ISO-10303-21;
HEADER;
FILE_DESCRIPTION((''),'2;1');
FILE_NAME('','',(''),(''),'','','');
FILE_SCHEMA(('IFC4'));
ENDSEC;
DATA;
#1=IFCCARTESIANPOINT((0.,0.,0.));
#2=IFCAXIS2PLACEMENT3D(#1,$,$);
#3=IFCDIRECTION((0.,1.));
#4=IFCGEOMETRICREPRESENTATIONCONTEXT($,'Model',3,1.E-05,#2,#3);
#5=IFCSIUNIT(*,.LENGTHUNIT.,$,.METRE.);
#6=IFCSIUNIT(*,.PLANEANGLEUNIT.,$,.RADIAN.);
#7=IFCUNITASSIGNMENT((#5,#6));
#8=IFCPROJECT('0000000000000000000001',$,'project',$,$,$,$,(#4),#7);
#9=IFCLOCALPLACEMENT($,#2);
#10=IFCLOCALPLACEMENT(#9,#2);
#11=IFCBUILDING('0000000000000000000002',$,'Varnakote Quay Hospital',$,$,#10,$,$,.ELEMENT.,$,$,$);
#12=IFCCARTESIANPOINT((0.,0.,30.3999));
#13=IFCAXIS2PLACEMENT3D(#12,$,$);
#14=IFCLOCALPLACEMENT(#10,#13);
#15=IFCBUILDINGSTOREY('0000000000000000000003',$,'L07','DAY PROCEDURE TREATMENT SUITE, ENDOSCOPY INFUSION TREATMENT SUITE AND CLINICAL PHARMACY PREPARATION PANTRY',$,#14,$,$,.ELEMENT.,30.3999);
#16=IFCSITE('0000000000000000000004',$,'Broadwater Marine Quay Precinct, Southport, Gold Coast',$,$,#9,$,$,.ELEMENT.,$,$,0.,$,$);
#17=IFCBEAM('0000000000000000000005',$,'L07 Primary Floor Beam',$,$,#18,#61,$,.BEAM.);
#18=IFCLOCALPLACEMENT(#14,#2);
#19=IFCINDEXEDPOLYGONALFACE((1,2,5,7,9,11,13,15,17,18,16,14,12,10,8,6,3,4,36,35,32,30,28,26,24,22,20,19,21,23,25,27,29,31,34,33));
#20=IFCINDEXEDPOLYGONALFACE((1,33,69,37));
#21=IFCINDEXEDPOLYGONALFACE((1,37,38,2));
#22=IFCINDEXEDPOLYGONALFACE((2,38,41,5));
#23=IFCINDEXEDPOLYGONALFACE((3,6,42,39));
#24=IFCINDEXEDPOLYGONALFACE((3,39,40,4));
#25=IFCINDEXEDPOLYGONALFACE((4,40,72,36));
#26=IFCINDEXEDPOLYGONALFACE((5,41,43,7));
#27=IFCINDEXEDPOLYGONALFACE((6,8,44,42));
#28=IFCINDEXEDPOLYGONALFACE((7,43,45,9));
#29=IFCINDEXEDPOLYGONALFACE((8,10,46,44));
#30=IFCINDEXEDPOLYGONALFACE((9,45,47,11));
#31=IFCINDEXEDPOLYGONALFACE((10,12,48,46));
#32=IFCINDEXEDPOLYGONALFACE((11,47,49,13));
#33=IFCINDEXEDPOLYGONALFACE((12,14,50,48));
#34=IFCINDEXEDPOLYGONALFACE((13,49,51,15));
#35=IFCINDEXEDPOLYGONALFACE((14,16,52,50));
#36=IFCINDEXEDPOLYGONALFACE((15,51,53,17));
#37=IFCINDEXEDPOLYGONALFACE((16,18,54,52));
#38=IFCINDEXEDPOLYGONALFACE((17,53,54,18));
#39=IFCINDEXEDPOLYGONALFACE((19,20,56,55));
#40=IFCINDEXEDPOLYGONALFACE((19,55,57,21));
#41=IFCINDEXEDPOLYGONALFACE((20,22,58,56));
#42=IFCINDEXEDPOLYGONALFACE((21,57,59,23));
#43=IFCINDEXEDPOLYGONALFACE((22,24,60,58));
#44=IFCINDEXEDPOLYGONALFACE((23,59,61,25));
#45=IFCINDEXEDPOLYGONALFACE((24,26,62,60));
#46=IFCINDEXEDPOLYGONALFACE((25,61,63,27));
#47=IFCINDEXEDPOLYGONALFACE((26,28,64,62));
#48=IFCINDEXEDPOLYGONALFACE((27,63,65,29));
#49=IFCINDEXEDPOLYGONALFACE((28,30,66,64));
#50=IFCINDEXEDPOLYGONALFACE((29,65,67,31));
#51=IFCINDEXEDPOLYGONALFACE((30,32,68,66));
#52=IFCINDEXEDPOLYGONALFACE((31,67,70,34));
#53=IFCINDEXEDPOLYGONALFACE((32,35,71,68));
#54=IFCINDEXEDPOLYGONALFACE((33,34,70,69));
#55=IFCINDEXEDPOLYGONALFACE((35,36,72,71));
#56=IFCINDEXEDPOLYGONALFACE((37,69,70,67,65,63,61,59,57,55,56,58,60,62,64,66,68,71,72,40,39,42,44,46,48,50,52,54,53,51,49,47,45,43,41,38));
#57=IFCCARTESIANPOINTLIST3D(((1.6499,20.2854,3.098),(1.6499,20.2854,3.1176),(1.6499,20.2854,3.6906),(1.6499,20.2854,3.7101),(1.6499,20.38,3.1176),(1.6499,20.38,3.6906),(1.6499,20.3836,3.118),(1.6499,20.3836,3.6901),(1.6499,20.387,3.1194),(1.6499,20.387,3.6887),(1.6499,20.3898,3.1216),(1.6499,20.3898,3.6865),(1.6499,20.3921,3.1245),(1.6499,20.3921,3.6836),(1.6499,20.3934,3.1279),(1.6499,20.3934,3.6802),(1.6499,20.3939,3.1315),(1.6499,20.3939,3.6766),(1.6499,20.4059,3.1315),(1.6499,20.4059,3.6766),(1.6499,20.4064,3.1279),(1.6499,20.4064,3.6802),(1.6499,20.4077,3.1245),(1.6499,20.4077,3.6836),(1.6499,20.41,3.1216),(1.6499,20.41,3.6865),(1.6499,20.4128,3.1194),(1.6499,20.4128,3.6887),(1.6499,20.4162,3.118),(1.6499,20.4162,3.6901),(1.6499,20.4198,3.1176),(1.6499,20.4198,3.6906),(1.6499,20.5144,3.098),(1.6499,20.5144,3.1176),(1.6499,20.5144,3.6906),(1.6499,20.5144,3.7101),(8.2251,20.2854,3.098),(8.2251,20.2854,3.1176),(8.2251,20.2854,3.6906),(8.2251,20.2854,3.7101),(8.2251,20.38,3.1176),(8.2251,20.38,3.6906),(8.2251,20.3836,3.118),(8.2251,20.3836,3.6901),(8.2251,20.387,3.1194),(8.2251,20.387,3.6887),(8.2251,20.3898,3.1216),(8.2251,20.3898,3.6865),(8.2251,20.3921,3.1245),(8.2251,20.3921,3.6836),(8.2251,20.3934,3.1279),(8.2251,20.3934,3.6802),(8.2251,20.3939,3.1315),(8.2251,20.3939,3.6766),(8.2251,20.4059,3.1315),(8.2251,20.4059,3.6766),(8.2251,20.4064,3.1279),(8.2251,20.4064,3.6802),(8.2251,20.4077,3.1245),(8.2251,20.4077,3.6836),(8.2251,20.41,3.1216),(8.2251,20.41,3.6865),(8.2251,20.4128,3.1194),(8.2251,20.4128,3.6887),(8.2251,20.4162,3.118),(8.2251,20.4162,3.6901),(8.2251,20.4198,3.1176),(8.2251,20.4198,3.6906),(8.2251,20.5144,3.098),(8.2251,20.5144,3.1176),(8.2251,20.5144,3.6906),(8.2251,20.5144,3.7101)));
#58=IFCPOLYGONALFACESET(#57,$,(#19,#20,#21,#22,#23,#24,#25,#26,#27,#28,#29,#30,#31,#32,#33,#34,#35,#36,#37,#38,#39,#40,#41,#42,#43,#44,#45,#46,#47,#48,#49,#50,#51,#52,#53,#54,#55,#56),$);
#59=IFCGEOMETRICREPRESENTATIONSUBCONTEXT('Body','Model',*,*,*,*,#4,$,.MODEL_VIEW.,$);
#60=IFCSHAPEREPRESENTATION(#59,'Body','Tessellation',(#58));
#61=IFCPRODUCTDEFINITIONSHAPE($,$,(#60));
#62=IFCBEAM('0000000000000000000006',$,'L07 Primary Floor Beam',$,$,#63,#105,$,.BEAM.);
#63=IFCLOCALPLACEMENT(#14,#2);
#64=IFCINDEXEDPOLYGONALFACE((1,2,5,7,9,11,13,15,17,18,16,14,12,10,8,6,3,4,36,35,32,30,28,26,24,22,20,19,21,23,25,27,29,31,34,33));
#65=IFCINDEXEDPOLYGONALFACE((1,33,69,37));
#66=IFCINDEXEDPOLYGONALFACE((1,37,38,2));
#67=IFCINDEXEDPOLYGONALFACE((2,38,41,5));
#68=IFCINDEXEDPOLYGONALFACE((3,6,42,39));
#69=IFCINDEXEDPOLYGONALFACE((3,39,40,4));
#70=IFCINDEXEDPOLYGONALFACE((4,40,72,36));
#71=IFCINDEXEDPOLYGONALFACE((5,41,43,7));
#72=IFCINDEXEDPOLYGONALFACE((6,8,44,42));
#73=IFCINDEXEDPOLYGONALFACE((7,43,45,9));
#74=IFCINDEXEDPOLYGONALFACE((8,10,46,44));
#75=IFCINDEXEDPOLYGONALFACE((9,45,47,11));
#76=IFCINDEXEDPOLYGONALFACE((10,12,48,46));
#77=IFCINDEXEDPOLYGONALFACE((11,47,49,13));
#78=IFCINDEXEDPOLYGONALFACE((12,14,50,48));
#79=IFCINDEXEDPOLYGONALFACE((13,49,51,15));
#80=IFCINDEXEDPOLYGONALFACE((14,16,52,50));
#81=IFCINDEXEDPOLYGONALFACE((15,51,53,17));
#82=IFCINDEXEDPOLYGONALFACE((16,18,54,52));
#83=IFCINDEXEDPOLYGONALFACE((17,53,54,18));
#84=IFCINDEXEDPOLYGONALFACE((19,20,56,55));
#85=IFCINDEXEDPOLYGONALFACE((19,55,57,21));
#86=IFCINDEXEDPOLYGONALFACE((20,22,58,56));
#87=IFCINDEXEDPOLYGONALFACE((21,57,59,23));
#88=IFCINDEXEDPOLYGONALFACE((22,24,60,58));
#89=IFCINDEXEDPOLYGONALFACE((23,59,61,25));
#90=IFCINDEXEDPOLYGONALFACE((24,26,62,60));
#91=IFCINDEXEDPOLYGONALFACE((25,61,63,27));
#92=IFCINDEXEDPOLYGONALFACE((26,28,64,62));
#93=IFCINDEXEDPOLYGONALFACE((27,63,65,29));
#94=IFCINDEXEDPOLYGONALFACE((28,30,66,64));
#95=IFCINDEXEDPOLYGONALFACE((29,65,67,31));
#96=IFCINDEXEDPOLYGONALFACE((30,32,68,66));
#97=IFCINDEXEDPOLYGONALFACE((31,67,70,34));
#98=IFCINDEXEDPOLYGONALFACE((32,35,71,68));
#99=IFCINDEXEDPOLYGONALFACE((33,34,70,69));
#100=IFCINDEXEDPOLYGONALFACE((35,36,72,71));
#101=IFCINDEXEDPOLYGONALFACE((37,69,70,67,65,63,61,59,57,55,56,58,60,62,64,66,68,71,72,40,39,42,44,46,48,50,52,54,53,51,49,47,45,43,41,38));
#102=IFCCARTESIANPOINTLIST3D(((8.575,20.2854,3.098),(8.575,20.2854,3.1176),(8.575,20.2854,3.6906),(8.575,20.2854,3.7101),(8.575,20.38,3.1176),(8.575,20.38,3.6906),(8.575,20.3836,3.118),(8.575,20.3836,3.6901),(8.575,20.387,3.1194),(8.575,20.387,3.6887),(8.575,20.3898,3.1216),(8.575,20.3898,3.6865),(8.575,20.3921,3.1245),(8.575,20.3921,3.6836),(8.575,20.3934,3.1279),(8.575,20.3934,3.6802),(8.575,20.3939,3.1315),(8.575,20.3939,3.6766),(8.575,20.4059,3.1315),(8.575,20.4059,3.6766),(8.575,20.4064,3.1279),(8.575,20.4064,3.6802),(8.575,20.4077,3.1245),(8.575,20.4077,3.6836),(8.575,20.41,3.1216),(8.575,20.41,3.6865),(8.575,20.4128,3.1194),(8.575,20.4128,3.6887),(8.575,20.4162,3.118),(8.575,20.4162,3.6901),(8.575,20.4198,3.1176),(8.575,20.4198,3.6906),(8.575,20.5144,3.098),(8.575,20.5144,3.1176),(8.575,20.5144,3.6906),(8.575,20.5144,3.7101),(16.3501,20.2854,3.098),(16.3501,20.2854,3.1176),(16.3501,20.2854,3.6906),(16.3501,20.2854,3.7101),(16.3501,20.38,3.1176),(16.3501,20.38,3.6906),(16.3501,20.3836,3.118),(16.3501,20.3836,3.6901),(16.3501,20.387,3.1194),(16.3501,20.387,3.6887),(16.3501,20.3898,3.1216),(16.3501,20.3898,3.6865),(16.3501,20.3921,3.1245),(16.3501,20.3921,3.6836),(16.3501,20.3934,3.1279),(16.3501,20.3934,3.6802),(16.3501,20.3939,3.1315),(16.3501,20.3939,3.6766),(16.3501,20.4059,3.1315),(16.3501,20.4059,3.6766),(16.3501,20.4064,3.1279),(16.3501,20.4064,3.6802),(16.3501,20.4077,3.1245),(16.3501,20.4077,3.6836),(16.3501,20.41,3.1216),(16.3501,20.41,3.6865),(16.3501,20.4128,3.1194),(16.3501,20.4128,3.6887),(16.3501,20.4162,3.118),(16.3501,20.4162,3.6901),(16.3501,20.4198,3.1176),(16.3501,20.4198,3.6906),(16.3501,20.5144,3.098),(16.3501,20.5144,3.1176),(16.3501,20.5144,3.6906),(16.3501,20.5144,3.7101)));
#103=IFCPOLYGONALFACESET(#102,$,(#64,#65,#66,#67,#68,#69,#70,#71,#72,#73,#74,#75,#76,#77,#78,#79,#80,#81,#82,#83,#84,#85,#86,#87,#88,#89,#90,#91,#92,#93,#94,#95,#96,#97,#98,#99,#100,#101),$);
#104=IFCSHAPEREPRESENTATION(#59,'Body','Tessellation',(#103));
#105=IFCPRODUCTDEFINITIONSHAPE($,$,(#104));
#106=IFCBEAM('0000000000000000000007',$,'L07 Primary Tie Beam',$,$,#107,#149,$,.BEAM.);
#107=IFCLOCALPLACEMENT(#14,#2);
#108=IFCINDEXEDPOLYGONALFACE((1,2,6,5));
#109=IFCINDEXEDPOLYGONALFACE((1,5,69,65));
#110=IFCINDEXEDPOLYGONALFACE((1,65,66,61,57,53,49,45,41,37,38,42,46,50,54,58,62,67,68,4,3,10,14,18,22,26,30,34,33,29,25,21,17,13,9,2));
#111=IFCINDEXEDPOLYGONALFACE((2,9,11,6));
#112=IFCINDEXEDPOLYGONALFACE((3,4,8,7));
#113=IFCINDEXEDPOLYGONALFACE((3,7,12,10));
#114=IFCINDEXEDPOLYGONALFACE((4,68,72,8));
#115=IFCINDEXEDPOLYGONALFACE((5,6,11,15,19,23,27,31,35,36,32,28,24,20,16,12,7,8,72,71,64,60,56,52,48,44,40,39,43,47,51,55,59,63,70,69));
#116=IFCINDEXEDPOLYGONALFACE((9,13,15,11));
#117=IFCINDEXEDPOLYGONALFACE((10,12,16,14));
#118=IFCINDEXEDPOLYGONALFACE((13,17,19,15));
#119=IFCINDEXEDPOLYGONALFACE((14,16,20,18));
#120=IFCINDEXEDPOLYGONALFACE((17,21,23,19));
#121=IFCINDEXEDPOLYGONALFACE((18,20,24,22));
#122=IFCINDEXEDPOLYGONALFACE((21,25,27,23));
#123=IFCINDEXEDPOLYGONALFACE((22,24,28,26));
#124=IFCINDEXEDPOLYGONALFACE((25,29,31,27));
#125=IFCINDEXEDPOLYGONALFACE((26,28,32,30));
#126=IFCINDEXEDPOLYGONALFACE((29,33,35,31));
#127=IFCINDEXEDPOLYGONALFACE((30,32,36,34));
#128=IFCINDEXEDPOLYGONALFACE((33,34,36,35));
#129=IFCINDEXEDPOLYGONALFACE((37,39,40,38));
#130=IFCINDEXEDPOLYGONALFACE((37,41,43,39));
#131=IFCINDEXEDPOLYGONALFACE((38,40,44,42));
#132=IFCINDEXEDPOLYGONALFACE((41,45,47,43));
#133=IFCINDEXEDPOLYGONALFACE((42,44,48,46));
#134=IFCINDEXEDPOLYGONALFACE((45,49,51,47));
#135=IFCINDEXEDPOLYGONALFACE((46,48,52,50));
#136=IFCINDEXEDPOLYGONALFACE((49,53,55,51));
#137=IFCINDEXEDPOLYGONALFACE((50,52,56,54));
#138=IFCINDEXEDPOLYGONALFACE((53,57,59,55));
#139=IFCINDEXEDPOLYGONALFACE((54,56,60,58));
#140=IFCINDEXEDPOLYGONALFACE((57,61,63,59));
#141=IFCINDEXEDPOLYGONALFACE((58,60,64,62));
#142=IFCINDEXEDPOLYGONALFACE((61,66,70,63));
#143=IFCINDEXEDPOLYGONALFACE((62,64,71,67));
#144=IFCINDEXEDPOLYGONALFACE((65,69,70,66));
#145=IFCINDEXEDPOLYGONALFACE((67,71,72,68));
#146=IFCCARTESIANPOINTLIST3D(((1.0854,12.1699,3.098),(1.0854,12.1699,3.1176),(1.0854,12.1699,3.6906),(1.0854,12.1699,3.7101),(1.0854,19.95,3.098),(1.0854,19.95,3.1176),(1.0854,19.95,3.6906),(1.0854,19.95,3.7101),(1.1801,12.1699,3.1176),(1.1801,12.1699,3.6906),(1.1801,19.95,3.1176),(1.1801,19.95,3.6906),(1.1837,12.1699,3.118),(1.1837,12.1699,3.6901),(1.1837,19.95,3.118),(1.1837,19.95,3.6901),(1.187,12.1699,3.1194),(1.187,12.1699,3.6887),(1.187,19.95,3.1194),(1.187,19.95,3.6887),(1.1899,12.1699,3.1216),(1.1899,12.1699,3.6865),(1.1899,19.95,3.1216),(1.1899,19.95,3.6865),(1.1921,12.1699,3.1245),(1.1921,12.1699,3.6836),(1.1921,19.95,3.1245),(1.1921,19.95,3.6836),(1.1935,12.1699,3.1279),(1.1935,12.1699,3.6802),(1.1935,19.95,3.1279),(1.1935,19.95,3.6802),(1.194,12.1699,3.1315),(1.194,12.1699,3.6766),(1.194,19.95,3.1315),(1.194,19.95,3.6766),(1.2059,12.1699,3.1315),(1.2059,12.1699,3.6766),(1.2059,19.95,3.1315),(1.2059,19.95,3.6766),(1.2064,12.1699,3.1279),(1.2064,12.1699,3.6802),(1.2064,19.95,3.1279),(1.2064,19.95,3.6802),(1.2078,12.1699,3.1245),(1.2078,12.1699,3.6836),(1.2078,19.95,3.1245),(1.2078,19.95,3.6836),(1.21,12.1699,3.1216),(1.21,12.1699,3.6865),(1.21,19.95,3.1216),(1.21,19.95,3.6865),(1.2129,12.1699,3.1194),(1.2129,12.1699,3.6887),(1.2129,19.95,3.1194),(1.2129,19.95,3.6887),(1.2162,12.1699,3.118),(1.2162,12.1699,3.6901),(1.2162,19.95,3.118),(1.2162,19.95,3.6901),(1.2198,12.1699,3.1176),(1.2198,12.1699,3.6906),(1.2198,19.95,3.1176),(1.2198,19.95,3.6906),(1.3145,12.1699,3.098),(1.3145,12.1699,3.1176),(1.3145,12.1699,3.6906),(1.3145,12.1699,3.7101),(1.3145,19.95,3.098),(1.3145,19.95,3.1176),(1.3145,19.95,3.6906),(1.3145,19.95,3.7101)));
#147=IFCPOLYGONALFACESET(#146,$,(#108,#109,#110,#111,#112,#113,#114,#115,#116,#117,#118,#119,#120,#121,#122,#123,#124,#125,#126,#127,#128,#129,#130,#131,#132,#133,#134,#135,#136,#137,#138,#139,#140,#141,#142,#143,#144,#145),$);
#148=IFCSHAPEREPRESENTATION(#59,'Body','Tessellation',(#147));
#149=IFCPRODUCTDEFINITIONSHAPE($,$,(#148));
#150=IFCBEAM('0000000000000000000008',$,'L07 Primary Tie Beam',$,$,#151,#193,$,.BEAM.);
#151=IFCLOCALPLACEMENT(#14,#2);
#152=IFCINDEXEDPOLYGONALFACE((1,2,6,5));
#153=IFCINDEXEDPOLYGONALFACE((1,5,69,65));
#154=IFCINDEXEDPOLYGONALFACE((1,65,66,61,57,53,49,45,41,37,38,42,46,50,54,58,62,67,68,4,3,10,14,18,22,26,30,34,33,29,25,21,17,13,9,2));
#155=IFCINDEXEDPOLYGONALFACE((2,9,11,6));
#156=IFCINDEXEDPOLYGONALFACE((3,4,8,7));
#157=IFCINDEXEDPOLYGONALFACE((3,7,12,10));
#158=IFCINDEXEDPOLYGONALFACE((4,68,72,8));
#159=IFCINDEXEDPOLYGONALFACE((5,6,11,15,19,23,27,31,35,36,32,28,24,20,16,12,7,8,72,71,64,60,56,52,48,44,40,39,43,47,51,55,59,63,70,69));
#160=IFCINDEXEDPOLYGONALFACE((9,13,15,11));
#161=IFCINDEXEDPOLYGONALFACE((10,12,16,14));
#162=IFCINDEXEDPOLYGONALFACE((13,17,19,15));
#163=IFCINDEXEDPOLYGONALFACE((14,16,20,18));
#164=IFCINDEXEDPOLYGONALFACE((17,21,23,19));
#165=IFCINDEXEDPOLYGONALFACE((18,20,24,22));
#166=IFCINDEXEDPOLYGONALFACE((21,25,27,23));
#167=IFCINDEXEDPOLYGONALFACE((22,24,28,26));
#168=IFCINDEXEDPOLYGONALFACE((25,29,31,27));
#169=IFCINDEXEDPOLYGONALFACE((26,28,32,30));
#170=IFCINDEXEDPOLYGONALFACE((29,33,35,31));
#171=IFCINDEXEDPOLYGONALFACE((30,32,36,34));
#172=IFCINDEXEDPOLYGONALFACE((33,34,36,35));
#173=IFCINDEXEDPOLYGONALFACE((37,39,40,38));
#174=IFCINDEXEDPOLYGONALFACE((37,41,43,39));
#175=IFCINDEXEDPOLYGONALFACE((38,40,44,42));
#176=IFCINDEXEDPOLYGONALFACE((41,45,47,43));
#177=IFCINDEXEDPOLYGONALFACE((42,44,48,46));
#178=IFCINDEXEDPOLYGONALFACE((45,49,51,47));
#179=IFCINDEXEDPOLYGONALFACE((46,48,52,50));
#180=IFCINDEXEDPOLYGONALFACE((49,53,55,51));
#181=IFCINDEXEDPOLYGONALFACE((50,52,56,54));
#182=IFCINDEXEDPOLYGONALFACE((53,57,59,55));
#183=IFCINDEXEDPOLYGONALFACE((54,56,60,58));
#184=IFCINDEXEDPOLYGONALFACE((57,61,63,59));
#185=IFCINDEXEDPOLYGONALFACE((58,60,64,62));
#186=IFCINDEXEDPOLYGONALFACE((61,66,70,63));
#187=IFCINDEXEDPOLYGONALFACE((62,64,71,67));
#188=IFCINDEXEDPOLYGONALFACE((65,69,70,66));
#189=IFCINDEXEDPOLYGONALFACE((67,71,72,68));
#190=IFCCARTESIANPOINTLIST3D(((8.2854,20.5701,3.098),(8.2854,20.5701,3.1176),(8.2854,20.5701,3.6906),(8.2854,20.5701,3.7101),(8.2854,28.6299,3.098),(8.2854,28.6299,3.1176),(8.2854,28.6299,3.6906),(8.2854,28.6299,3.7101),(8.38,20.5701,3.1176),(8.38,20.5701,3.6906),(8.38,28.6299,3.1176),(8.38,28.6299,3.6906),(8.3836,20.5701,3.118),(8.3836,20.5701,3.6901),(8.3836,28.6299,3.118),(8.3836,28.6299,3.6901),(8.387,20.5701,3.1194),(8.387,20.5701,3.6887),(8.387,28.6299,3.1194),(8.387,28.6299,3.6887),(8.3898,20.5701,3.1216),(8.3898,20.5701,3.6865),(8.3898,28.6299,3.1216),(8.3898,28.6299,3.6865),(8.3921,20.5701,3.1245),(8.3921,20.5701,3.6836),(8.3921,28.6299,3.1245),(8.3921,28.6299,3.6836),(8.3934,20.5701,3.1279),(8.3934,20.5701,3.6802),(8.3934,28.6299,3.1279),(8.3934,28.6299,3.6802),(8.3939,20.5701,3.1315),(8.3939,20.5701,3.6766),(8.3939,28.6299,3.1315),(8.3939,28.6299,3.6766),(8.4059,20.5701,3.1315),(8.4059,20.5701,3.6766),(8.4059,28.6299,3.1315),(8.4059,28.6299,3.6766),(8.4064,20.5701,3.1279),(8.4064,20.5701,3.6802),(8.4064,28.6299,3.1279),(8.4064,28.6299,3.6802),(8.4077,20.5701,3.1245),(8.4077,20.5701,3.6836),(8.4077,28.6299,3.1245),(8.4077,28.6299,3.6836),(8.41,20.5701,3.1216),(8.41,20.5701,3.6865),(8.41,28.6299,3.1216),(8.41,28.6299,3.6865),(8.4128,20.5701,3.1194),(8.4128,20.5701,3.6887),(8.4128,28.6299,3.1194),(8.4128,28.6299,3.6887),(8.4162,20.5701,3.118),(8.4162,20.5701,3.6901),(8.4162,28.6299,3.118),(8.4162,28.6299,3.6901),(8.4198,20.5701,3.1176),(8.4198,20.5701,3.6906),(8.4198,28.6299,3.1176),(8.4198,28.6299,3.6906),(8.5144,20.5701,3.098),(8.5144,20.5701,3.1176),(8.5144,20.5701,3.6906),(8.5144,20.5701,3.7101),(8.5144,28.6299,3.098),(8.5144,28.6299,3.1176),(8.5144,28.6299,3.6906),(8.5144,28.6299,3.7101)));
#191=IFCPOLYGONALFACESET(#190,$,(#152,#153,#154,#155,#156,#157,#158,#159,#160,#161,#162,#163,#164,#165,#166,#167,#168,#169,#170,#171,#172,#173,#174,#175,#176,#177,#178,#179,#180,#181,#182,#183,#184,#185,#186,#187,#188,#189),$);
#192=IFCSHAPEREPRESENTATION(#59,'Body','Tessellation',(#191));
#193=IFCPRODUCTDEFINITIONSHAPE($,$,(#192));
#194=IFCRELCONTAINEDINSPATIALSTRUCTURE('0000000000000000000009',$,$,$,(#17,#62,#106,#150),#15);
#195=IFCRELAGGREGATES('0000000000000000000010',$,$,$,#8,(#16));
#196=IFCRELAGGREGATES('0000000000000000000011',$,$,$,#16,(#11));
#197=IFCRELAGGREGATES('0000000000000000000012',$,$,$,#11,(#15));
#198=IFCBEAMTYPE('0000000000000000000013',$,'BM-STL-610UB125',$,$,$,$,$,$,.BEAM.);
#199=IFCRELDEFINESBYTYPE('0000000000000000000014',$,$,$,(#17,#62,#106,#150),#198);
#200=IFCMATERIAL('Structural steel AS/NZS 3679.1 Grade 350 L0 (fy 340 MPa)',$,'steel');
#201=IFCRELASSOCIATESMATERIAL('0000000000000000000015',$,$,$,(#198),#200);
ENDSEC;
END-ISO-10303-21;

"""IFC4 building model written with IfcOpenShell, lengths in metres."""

from ifc_helpers import new_model, si_unit, direction, frame, origin, origin_2d, place, context, subcontext, project, spatial, i_section, extrude, material, material_profile, profile_set, type_object, element, save


model = new_model("IFC4")

# Units and contexts
model_context = context("Model", 3, precision=1e-05, world=origin(), true_north=direction((0.0, 1.0)))
body_context = subcontext(model_context, "Body", "Model", "MODEL_VIEW")
ifc_project = project(units=[si_unit("LENGTHUNIT", "METRE"), si_unit("PLANEANGLEUNIT", "RADIAN")], contexts=[model_context])

# Site, building, storey
site_placement = place(None, origin())
site = spatial("IfcSite", under=ifc_project, at=site_placement, Name="Broadwater Marine Quay Precinct, Southport, Gold Coast", CompositionType="ELEMENT", RefElevation=0.0)
building_placement = place(site_placement, origin())
building = spatial("IfcBuilding", under=site, at=building_placement, Name="Varnakote Quay Hospital", CompositionType="ELEMENT")
storey_placement = place(building_placement, frame((0.0, 0.0, 30.3999)))
storey = spatial("IfcBuildingStorey", under=building, at=storey_placement, Name="L07", Description="DAY PROCEDURE TREATMENT SUITE, ENDOSCOPY INFUSION TREATMENT SUITE AND CLINICAL PHARMACY PREPARATION PANTRY", CompositionType="ELEMENT", Elevation=30.3999)

# Beams
ifc_material_1 = material(Name="Structural steel AS/NZS 3679.1 Grade 350 L0 (fy 340 MPa)", Category="steel")
ifc_material_profile_1 = material_profile(ifc_material_1, i_section(OverallWidth=0.229, OverallDepth=0.6121, WebThickness=0.012, FlangeThickness=0.0195, FilletRadius=0.0139, at=origin_2d()), Name="610UB125")
ifc_profile_set_1 = profile_set([ifc_material_profile_1], Name="Structural steel AS/NZS 3679.1 Grade 350 L0 (fy 340 MPa)")
beam_type = type_object("IfcBeamType", Name="BM-STL-610UB125", PredefinedType="BEAM", material=ifc_profile_set_1)
beam_1_placement = place(storey_placement, frame((1.6499, 20.3999, 3.4041), z_axis=(1.0, 0.0, 0.0), x_axis=(0.0, 1.0, 0.0)))
element("IfcBeam", 1, at=beam_1_placement, inside=storey, type_object=beam_type, Name="L07 Primary Floor Beam", PredefinedType="BEAM", context=body_context, shape_type="SweptSolid", body=[
    extrude(i_section(OverallWidth=0.229, OverallDepth=0.6121, WebThickness=0.012, FlangeThickness=0.0195, FilletRadius=0.0139, at=origin_2d()), origin(), (0.0, 0.0, 1.0), 6.5752),
])
beam_2_placement = place(storey_placement, frame((8.575, 20.3999, 3.4041), z_axis=(1.0, 0.0, 0.0), x_axis=(0.0, 1.0, 0.0)))
element("IfcBeam", 2, at=beam_2_placement, inside=storey, type_object=beam_type, Name="L07 Primary Floor Beam", PredefinedType="BEAM", context=body_context, shape_type="SweptSolid", body=[
    extrude(i_section(OverallWidth=0.229, OverallDepth=0.6121, WebThickness=0.012, FlangeThickness=0.0195, FilletRadius=0.0139, at=origin_2d()), origin(), (0.0, 0.0, 1.0), 7.7751),
])
beam_3_placement = place(storey_placement, frame((1.2, 12.1699, 3.4041), z_axis=(0.0, 1.0, 0.0), x_axis=(-1.0, 0.0, 0.0)))
element("IfcBeam", 3, at=beam_3_placement, inside=storey, type_object=beam_type, Name="L07 Primary Tie Beam", PredefinedType="BEAM", context=body_context, shape_type="SweptSolid", body=[
    extrude(i_section(OverallWidth=0.229, OverallDepth=0.6121, WebThickness=0.012, FlangeThickness=0.0195, FilletRadius=0.0139, at=origin_2d()), origin(), (0.0, 0.0, 1.0), 7.78),
])
beam_4_placement = place(storey_placement, frame((8.3999, 20.5701, 3.4041), z_axis=(0.0, 1.0, 0.0), x_axis=(-1.0, 0.0, 0.0)))
element("IfcBeam", 4, at=beam_4_placement, inside=storey, type_object=beam_type, Name="L07 Primary Tie Beam", PredefinedType="BEAM", context=body_context, shape_type="SweptSolid", body=[
    extrude(i_section(OverallWidth=0.229, OverallDepth=0.6121, WebThickness=0.012, FlangeThickness=0.0195, FilletRadius=0.0139, at=origin_2d()), origin(), (0.0, 0.0, 1.0), 8.0598),
])

save(model, "model.ifc")
